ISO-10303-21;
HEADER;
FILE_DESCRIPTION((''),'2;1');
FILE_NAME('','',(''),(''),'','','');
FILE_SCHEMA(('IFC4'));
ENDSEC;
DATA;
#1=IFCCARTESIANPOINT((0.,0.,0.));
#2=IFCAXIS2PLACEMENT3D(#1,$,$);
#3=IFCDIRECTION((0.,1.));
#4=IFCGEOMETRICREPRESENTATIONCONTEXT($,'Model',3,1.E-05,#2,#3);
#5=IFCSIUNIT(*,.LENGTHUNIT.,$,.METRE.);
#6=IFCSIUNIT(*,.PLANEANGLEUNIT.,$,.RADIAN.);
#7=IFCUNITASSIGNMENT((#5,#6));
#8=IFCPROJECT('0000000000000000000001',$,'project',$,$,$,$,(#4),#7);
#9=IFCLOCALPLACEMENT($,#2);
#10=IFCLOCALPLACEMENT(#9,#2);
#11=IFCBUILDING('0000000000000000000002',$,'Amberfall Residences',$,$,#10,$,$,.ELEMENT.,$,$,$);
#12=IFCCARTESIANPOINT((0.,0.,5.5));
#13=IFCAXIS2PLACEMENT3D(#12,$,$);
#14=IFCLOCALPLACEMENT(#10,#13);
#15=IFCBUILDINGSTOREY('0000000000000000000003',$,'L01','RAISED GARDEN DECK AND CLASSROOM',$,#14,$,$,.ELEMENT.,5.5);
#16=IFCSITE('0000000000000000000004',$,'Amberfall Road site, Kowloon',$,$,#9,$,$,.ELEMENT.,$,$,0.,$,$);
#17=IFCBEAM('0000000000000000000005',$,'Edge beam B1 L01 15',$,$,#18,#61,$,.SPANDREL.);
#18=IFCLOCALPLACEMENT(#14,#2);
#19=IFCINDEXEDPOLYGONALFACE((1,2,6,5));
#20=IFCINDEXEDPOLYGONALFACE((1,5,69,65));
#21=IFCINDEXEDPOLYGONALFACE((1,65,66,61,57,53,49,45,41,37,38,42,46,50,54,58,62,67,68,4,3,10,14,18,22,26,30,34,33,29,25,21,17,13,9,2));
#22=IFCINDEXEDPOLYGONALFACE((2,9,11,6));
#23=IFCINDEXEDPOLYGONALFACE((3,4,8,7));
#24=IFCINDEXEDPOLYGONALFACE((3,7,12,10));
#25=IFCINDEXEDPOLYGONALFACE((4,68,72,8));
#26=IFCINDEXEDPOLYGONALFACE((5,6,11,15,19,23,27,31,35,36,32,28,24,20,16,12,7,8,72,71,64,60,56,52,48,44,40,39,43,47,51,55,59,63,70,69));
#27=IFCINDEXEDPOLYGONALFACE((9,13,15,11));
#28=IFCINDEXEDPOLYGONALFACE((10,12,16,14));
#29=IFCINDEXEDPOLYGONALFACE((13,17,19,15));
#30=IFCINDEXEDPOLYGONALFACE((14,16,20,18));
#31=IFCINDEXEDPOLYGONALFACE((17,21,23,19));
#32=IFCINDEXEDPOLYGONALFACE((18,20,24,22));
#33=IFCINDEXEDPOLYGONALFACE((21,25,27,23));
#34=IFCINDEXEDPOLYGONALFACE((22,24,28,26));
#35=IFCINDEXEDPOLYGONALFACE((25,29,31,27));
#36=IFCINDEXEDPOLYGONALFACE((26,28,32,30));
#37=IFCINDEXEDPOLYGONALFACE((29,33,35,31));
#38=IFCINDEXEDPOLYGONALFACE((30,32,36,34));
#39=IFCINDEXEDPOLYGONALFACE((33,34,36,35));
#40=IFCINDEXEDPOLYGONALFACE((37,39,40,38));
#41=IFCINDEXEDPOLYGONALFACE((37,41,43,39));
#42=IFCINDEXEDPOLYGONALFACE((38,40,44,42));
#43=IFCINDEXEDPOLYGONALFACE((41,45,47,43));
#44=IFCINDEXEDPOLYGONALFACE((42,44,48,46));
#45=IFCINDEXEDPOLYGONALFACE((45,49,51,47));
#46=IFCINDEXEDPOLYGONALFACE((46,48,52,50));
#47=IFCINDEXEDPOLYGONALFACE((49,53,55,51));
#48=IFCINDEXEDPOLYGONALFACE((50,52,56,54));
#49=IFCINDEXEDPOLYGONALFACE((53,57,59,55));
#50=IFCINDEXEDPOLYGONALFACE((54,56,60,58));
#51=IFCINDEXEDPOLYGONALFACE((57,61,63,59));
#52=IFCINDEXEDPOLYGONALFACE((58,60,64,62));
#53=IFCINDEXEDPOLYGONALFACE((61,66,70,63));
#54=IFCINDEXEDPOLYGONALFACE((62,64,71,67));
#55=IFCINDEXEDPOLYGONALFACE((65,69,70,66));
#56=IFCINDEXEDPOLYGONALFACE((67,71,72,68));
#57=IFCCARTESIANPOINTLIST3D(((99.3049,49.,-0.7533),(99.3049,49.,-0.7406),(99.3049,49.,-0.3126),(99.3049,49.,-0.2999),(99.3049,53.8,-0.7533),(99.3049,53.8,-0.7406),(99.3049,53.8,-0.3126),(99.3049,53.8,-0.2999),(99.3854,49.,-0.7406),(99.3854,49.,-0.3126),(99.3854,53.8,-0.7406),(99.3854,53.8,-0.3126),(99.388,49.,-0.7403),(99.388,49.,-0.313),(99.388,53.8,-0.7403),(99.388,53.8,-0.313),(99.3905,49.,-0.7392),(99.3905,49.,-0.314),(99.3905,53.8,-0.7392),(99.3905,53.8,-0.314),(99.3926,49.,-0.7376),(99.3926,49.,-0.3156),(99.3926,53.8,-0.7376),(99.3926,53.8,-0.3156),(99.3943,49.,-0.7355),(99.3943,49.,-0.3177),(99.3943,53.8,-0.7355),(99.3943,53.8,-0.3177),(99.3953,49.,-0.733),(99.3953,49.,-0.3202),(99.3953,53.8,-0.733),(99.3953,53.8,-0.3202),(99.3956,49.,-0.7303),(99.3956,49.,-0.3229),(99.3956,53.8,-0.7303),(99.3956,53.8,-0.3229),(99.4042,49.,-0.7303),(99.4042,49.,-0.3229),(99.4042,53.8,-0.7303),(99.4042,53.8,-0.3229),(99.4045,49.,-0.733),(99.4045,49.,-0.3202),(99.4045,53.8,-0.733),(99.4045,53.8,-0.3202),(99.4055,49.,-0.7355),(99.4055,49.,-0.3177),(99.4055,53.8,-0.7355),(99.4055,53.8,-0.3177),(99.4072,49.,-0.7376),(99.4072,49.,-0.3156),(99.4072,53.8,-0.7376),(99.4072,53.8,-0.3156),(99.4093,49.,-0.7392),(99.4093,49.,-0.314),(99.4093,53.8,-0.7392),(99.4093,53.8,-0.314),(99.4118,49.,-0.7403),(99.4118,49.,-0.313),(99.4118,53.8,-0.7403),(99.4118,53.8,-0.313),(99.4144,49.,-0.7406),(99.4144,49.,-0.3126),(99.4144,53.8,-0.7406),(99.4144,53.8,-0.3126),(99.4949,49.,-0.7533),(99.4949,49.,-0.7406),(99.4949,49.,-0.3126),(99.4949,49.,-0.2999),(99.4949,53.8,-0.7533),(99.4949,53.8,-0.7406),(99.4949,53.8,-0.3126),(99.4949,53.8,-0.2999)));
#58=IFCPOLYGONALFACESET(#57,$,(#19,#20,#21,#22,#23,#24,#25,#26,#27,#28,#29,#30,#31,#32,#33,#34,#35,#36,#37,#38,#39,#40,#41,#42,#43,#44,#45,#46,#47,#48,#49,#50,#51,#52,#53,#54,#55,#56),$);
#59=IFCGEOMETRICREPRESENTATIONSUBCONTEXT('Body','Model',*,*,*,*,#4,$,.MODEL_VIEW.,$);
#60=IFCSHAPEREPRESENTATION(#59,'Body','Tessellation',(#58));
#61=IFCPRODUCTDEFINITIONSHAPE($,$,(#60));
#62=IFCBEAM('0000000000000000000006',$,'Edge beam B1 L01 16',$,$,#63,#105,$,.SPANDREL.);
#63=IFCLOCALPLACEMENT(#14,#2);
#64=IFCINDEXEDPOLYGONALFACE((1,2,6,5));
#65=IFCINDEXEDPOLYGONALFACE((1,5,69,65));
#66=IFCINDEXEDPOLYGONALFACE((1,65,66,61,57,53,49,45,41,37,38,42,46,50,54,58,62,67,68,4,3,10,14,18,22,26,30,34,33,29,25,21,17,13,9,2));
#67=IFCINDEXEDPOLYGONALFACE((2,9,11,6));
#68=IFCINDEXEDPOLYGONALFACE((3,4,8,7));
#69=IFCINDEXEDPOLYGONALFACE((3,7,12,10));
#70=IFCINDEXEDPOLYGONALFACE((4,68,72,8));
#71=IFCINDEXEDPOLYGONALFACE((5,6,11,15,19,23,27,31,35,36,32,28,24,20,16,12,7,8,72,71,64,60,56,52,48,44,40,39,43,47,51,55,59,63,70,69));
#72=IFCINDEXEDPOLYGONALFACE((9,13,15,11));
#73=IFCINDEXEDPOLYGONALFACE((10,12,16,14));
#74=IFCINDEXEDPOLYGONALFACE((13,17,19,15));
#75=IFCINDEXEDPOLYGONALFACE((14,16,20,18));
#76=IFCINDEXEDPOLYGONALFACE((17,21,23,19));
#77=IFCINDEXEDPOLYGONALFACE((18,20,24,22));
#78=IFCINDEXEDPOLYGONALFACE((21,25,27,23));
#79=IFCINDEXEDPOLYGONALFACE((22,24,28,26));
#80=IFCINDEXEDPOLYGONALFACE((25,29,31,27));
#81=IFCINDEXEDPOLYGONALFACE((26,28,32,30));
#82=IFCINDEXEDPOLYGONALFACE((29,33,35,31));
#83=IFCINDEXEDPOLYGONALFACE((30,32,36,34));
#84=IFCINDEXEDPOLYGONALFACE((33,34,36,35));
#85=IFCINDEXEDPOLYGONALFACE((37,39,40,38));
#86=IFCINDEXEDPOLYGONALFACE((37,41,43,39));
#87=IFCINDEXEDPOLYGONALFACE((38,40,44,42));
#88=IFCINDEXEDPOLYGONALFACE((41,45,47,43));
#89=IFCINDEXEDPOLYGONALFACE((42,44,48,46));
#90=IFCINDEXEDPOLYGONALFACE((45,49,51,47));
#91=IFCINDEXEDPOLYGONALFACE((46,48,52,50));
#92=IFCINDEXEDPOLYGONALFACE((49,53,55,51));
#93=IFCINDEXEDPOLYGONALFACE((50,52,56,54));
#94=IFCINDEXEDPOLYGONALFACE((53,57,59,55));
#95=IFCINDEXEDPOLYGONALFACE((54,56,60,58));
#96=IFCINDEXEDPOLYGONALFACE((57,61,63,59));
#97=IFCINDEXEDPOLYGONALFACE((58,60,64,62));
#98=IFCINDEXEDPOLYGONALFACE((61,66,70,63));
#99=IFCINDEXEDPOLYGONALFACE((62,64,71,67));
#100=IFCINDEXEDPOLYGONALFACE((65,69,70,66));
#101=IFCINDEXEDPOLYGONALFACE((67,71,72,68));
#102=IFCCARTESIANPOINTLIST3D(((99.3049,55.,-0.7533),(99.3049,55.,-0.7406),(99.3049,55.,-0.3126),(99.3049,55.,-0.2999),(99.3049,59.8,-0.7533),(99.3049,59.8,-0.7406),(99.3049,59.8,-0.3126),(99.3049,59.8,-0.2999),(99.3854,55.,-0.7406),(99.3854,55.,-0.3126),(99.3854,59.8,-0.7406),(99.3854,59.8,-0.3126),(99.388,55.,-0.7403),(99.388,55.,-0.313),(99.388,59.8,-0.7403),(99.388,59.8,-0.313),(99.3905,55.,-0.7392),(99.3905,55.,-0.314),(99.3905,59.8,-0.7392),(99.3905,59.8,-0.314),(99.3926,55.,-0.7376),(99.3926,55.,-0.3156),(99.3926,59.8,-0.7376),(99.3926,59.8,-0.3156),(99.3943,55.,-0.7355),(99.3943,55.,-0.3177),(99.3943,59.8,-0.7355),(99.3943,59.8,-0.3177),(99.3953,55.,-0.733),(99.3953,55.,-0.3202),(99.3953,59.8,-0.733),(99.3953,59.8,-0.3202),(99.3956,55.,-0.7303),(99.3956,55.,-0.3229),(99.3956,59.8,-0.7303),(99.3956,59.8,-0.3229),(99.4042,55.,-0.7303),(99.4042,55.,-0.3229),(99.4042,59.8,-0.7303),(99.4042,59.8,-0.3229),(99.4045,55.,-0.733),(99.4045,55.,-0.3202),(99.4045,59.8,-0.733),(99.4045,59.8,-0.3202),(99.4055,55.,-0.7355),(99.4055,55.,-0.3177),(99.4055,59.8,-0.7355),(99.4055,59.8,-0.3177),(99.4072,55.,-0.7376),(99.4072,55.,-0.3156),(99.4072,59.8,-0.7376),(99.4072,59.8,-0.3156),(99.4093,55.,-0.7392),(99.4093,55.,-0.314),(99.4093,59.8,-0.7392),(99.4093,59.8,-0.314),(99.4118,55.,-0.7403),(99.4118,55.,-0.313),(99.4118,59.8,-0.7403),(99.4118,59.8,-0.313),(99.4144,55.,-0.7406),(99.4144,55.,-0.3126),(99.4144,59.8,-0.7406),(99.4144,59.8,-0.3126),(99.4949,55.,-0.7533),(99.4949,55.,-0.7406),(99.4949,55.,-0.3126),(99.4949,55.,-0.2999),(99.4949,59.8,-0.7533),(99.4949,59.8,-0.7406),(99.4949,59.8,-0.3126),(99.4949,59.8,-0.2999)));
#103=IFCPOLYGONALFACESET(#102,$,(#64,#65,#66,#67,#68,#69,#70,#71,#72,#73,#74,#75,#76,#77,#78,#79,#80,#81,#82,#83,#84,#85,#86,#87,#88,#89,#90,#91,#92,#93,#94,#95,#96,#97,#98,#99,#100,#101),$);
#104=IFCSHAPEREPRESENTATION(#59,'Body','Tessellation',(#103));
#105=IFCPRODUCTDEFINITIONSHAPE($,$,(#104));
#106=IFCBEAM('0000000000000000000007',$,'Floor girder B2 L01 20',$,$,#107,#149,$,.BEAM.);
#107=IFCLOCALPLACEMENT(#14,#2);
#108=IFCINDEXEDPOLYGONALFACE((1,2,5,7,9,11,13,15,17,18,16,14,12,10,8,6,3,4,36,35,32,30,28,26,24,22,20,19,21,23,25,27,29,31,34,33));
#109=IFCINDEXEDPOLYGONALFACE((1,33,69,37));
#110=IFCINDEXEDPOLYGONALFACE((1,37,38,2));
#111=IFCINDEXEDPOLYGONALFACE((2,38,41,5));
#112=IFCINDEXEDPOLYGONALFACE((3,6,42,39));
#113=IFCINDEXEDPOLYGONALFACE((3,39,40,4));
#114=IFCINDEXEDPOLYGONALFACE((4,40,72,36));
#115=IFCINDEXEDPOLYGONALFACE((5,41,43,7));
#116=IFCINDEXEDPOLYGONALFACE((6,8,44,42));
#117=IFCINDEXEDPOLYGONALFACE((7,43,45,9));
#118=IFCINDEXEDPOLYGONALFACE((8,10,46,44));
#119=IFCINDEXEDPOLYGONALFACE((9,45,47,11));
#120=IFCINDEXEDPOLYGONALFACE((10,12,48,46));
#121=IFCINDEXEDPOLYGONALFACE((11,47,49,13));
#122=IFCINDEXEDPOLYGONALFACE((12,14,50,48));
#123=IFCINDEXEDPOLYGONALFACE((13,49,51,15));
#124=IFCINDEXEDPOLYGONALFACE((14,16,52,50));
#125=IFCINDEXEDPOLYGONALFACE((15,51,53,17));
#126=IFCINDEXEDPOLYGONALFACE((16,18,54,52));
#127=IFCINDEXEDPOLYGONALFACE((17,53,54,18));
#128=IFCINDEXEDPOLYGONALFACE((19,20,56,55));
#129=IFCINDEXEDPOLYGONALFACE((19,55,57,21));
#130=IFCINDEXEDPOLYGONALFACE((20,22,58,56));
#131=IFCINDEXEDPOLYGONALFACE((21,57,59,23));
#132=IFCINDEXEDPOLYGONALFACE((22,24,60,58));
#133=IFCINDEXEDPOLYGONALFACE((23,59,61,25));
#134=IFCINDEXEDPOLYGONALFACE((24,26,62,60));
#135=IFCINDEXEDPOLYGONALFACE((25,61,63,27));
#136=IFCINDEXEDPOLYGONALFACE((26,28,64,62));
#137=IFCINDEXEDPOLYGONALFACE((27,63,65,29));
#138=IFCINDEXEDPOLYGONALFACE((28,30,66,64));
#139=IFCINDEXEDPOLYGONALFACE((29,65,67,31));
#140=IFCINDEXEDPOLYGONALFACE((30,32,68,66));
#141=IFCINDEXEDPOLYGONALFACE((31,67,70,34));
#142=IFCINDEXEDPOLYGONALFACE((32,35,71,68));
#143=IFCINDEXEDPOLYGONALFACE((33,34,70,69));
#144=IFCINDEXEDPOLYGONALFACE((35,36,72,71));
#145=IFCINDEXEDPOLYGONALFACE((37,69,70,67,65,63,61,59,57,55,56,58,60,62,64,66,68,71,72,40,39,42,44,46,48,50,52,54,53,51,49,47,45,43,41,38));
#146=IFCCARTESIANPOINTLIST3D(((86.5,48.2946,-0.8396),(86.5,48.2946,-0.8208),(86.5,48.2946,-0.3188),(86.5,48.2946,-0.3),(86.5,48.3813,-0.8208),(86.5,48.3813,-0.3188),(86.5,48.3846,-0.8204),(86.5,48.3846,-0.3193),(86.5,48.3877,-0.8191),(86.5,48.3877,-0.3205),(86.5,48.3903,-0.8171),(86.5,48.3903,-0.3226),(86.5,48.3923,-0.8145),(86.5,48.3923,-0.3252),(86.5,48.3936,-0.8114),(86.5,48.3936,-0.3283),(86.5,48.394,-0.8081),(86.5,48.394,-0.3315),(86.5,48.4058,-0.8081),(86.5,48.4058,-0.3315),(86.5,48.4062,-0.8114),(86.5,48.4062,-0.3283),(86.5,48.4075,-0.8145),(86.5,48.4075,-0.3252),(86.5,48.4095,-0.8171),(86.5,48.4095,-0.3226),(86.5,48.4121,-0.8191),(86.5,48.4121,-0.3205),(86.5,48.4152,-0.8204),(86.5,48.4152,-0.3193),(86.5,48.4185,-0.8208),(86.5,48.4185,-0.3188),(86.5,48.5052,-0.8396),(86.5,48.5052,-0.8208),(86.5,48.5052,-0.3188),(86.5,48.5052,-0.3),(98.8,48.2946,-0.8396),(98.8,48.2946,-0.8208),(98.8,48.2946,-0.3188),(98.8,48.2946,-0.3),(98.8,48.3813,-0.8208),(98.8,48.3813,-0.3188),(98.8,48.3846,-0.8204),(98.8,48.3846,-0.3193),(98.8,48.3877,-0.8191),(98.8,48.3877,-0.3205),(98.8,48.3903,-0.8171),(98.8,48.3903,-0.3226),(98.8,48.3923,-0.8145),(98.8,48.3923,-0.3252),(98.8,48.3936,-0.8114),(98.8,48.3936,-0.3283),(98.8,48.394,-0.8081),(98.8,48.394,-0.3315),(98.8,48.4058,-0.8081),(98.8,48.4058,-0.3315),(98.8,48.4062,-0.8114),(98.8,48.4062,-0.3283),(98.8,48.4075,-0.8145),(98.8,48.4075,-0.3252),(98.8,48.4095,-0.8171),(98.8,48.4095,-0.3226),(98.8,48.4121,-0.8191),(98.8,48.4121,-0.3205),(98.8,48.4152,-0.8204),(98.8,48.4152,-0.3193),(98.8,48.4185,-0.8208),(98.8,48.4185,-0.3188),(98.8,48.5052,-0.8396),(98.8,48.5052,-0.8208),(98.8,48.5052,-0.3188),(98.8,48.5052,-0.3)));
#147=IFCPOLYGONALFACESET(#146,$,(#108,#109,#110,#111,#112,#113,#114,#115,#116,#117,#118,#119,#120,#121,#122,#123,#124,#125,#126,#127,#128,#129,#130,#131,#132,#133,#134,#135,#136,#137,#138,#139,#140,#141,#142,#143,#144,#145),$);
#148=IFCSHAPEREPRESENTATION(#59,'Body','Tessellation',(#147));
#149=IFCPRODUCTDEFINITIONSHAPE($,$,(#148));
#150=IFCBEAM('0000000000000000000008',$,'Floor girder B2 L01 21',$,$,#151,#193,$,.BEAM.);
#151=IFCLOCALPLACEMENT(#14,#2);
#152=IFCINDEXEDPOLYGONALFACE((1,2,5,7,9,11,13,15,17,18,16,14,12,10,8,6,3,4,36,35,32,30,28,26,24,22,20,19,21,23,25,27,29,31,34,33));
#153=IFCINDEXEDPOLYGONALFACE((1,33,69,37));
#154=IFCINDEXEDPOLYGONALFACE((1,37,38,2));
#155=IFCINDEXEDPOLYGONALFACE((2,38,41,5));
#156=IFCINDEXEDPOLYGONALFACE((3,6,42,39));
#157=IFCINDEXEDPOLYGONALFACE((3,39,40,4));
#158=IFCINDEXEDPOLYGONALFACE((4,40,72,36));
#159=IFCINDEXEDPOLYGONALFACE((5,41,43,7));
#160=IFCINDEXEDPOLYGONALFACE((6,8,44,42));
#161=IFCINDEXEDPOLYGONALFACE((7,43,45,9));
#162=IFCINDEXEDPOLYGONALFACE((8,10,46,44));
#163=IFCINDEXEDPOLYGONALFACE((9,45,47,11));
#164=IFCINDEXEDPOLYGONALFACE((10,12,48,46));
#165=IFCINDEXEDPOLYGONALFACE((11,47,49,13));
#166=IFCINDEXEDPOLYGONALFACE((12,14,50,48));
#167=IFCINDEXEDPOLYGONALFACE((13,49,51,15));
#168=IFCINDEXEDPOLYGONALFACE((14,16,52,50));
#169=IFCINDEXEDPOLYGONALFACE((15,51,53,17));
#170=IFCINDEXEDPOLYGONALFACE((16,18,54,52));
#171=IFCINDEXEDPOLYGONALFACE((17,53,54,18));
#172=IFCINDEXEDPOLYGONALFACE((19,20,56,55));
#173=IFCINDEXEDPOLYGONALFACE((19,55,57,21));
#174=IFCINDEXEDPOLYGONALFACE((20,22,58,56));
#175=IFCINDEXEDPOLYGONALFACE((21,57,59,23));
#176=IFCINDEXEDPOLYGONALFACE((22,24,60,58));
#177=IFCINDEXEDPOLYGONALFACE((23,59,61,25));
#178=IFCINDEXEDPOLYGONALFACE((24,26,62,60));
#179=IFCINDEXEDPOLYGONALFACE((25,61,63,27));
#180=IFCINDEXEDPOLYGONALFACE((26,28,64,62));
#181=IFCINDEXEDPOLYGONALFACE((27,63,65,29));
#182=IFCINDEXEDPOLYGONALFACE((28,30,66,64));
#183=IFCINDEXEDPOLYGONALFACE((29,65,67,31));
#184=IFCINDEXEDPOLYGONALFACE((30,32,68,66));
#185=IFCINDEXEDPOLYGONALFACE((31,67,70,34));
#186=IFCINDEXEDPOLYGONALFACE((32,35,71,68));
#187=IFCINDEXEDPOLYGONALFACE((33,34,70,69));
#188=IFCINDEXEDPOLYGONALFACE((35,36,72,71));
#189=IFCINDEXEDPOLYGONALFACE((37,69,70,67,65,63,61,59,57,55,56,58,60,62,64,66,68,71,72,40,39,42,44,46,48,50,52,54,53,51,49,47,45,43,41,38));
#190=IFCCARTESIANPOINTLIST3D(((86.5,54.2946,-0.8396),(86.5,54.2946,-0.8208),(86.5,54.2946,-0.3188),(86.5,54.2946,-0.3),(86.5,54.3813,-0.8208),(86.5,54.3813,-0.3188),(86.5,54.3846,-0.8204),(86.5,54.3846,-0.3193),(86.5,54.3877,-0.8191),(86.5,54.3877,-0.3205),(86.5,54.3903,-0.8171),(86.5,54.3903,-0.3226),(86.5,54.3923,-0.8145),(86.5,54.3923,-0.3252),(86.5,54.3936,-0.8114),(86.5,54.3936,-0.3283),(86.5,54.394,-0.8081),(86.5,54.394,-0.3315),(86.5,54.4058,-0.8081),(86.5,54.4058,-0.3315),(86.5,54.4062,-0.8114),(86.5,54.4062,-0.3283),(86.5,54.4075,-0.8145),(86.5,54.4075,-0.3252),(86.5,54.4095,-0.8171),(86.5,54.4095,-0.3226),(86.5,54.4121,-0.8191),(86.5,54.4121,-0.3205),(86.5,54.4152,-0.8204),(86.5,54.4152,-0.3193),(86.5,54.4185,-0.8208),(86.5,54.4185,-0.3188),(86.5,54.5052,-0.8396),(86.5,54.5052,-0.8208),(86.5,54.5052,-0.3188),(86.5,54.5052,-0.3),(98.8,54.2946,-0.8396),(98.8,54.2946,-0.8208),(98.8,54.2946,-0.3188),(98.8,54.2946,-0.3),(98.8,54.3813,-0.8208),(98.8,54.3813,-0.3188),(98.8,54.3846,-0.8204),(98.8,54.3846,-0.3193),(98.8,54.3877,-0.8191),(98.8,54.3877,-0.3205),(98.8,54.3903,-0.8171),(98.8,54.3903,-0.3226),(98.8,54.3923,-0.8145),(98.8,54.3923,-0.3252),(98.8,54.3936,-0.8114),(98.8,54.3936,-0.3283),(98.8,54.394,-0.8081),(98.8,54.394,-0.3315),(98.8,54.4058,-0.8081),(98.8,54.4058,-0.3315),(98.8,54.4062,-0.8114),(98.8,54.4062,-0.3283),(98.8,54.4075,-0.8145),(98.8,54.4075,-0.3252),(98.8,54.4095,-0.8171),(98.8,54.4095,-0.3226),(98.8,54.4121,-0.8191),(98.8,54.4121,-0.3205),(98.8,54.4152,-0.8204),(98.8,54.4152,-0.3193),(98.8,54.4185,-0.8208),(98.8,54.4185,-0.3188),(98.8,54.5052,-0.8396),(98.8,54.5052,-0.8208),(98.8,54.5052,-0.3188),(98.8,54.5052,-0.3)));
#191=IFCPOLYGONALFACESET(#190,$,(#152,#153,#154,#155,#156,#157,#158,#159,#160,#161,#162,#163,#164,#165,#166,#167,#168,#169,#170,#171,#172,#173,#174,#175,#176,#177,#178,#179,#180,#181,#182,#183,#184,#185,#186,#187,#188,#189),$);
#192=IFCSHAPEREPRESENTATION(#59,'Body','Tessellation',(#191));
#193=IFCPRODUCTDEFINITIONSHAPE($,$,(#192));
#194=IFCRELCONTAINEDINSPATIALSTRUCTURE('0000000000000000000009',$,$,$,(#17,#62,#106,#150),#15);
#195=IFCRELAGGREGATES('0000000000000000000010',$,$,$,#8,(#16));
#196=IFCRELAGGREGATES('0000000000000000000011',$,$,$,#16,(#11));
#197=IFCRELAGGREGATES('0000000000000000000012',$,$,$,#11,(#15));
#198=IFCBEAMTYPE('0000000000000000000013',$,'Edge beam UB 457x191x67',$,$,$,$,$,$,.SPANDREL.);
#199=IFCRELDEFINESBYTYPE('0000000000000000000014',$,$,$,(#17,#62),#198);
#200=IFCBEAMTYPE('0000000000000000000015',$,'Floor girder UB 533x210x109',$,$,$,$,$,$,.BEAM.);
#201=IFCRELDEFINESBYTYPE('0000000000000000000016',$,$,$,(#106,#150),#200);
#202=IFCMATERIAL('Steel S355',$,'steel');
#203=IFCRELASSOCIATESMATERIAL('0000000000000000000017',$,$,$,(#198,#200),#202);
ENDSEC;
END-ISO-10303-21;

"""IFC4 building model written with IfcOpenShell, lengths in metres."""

from ifc_helpers import new_model, si_unit, direction, frame, origin, origin_2d, place, context, subcontext, project, spatial, i_section, extrude, material, material_profile, profile_set, type_object, element, save


model = new_model("IFC4")

# Units and contexts
model_context = context("Model", 3, precision=1e-05, world=origin(), true_north=direction((0.0, 1.0)))
body_context = subcontext(model_context, "Body", "Model", "MODEL_VIEW")
ifc_project = project(units=[si_unit("LENGTHUNIT", "METRE"), si_unit("PLANEANGLEUNIT", "RADIAN")], contexts=[model_context])

# Site, building, storey
site_placement = place(None, origin())
site = spatial("IfcSite", under=ifc_project, at=site_placement, Name="Amberfall Road site, Kowloon", CompositionType="ELEMENT", RefElevation=0.0)
building_placement = place(site_placement, origin())
building = spatial("IfcBuilding", under=site, at=building_placement, Name="Amberfall Residences", CompositionType="ELEMENT")
storey_placement = place(building_placement, frame((0.0, 0.0, 5.5)))
storey = spatial("IfcBuildingStorey", under=building, at=storey_placement, Name="L01", Description="RAISED GARDEN DECK AND CLASSROOM", CompositionType="ELEMENT", Elevation=5.5)

# Beams
ifc_material_1 = material(Name="Steel S355", Category="steel")
ifc_material_profile_1 = material_profile(ifc_material_1, i_section(OverallWidth=0.1899, OverallDepth=0.4534, WebThickness=0.0085, FlangeThickness=0.0127, FilletRadius=0.0103, at=origin_2d()), Name="UB 457x191x67")
ifc_profile_set_1 = profile_set([ifc_material_profile_1], Name="Steel S355")
beam_type_1 = type_object("IfcBeamType", Name="Edge beam UB 457x191x67", PredefinedType="SPANDREL", material=ifc_profile_set_1)
for number, where, z_axis, x_axis, name in (
    (1, (99.3999, 49.0, -0.5266), (0.0, 1.0, 0.0), (-1.0, 0.0, 0.0), "Edge beam B1 L01 15"),
    (2, (99.3999, 55.0, -0.5266), (0.0, 1.0, 0.0), (-1.0, 0.0, 0.0), "Edge beam B1 L01 16"),
):
    element("IfcBeam", number, at=place(storey_placement, frame(where, z_axis=z_axis, x_axis=x_axis)), inside=storey, type_object=beam_type_1, Name=name, PredefinedType="SPANDREL", context=body_context, shape_type="SweptSolid", body=[
        extrude(i_section(OverallWidth=0.1899, OverallDepth=0.4534, WebThickness=0.0085, FlangeThickness=0.0127, FilletRadius=0.0103, at=origin_2d()), origin(), (0.0, 0.0, 1.0), 4.8),
    ])
ifc_material_profile_2 = material_profile(ifc_material_1, i_section(OverallWidth=0.2107, OverallDepth=0.5396, WebThickness=0.0117, FlangeThickness=0.0188, FilletRadius=0.0127, at=origin_2d()), Name="UB 533x210x109")
ifc_profile_set_2 = profile_set([ifc_material_profile_2], Name="Steel S355")
beam_type_2 = type_object("IfcBeamType", Name="Floor girder UB 533x210x109", PredefinedType="BEAM", material=ifc_profile_set_2)
for number, where, z_axis, x_axis, name in (
    (3, (98.8, 48.3999, -0.5698), (-1.0, 0.0, 0.0), (0.0, -1.0, 0.0), "Floor girder B2 L01 20"),
    (4, (98.8, 54.3999, -0.5698), (-1.0, 0.0, 0.0), (0.0, -1.0, 0.0), "Floor girder B2 L01 21"),
):
    element("IfcBeam", number, at=place(storey_placement, frame(where, z_axis=z_axis, x_axis=x_axis)), inside=storey, type_object=beam_type_2, Name=name, PredefinedType="BEAM", context=body_context, shape_type="SweptSolid", body=[
        extrude(i_section(OverallWidth=0.2107, OverallDepth=0.5396, WebThickness=0.0117, FlangeThickness=0.0188, FilletRadius=0.0127, at=origin_2d()), origin(), (0.0, 0.0, 1.0), 12.3),
    ])

save(model, "model.ifc")
